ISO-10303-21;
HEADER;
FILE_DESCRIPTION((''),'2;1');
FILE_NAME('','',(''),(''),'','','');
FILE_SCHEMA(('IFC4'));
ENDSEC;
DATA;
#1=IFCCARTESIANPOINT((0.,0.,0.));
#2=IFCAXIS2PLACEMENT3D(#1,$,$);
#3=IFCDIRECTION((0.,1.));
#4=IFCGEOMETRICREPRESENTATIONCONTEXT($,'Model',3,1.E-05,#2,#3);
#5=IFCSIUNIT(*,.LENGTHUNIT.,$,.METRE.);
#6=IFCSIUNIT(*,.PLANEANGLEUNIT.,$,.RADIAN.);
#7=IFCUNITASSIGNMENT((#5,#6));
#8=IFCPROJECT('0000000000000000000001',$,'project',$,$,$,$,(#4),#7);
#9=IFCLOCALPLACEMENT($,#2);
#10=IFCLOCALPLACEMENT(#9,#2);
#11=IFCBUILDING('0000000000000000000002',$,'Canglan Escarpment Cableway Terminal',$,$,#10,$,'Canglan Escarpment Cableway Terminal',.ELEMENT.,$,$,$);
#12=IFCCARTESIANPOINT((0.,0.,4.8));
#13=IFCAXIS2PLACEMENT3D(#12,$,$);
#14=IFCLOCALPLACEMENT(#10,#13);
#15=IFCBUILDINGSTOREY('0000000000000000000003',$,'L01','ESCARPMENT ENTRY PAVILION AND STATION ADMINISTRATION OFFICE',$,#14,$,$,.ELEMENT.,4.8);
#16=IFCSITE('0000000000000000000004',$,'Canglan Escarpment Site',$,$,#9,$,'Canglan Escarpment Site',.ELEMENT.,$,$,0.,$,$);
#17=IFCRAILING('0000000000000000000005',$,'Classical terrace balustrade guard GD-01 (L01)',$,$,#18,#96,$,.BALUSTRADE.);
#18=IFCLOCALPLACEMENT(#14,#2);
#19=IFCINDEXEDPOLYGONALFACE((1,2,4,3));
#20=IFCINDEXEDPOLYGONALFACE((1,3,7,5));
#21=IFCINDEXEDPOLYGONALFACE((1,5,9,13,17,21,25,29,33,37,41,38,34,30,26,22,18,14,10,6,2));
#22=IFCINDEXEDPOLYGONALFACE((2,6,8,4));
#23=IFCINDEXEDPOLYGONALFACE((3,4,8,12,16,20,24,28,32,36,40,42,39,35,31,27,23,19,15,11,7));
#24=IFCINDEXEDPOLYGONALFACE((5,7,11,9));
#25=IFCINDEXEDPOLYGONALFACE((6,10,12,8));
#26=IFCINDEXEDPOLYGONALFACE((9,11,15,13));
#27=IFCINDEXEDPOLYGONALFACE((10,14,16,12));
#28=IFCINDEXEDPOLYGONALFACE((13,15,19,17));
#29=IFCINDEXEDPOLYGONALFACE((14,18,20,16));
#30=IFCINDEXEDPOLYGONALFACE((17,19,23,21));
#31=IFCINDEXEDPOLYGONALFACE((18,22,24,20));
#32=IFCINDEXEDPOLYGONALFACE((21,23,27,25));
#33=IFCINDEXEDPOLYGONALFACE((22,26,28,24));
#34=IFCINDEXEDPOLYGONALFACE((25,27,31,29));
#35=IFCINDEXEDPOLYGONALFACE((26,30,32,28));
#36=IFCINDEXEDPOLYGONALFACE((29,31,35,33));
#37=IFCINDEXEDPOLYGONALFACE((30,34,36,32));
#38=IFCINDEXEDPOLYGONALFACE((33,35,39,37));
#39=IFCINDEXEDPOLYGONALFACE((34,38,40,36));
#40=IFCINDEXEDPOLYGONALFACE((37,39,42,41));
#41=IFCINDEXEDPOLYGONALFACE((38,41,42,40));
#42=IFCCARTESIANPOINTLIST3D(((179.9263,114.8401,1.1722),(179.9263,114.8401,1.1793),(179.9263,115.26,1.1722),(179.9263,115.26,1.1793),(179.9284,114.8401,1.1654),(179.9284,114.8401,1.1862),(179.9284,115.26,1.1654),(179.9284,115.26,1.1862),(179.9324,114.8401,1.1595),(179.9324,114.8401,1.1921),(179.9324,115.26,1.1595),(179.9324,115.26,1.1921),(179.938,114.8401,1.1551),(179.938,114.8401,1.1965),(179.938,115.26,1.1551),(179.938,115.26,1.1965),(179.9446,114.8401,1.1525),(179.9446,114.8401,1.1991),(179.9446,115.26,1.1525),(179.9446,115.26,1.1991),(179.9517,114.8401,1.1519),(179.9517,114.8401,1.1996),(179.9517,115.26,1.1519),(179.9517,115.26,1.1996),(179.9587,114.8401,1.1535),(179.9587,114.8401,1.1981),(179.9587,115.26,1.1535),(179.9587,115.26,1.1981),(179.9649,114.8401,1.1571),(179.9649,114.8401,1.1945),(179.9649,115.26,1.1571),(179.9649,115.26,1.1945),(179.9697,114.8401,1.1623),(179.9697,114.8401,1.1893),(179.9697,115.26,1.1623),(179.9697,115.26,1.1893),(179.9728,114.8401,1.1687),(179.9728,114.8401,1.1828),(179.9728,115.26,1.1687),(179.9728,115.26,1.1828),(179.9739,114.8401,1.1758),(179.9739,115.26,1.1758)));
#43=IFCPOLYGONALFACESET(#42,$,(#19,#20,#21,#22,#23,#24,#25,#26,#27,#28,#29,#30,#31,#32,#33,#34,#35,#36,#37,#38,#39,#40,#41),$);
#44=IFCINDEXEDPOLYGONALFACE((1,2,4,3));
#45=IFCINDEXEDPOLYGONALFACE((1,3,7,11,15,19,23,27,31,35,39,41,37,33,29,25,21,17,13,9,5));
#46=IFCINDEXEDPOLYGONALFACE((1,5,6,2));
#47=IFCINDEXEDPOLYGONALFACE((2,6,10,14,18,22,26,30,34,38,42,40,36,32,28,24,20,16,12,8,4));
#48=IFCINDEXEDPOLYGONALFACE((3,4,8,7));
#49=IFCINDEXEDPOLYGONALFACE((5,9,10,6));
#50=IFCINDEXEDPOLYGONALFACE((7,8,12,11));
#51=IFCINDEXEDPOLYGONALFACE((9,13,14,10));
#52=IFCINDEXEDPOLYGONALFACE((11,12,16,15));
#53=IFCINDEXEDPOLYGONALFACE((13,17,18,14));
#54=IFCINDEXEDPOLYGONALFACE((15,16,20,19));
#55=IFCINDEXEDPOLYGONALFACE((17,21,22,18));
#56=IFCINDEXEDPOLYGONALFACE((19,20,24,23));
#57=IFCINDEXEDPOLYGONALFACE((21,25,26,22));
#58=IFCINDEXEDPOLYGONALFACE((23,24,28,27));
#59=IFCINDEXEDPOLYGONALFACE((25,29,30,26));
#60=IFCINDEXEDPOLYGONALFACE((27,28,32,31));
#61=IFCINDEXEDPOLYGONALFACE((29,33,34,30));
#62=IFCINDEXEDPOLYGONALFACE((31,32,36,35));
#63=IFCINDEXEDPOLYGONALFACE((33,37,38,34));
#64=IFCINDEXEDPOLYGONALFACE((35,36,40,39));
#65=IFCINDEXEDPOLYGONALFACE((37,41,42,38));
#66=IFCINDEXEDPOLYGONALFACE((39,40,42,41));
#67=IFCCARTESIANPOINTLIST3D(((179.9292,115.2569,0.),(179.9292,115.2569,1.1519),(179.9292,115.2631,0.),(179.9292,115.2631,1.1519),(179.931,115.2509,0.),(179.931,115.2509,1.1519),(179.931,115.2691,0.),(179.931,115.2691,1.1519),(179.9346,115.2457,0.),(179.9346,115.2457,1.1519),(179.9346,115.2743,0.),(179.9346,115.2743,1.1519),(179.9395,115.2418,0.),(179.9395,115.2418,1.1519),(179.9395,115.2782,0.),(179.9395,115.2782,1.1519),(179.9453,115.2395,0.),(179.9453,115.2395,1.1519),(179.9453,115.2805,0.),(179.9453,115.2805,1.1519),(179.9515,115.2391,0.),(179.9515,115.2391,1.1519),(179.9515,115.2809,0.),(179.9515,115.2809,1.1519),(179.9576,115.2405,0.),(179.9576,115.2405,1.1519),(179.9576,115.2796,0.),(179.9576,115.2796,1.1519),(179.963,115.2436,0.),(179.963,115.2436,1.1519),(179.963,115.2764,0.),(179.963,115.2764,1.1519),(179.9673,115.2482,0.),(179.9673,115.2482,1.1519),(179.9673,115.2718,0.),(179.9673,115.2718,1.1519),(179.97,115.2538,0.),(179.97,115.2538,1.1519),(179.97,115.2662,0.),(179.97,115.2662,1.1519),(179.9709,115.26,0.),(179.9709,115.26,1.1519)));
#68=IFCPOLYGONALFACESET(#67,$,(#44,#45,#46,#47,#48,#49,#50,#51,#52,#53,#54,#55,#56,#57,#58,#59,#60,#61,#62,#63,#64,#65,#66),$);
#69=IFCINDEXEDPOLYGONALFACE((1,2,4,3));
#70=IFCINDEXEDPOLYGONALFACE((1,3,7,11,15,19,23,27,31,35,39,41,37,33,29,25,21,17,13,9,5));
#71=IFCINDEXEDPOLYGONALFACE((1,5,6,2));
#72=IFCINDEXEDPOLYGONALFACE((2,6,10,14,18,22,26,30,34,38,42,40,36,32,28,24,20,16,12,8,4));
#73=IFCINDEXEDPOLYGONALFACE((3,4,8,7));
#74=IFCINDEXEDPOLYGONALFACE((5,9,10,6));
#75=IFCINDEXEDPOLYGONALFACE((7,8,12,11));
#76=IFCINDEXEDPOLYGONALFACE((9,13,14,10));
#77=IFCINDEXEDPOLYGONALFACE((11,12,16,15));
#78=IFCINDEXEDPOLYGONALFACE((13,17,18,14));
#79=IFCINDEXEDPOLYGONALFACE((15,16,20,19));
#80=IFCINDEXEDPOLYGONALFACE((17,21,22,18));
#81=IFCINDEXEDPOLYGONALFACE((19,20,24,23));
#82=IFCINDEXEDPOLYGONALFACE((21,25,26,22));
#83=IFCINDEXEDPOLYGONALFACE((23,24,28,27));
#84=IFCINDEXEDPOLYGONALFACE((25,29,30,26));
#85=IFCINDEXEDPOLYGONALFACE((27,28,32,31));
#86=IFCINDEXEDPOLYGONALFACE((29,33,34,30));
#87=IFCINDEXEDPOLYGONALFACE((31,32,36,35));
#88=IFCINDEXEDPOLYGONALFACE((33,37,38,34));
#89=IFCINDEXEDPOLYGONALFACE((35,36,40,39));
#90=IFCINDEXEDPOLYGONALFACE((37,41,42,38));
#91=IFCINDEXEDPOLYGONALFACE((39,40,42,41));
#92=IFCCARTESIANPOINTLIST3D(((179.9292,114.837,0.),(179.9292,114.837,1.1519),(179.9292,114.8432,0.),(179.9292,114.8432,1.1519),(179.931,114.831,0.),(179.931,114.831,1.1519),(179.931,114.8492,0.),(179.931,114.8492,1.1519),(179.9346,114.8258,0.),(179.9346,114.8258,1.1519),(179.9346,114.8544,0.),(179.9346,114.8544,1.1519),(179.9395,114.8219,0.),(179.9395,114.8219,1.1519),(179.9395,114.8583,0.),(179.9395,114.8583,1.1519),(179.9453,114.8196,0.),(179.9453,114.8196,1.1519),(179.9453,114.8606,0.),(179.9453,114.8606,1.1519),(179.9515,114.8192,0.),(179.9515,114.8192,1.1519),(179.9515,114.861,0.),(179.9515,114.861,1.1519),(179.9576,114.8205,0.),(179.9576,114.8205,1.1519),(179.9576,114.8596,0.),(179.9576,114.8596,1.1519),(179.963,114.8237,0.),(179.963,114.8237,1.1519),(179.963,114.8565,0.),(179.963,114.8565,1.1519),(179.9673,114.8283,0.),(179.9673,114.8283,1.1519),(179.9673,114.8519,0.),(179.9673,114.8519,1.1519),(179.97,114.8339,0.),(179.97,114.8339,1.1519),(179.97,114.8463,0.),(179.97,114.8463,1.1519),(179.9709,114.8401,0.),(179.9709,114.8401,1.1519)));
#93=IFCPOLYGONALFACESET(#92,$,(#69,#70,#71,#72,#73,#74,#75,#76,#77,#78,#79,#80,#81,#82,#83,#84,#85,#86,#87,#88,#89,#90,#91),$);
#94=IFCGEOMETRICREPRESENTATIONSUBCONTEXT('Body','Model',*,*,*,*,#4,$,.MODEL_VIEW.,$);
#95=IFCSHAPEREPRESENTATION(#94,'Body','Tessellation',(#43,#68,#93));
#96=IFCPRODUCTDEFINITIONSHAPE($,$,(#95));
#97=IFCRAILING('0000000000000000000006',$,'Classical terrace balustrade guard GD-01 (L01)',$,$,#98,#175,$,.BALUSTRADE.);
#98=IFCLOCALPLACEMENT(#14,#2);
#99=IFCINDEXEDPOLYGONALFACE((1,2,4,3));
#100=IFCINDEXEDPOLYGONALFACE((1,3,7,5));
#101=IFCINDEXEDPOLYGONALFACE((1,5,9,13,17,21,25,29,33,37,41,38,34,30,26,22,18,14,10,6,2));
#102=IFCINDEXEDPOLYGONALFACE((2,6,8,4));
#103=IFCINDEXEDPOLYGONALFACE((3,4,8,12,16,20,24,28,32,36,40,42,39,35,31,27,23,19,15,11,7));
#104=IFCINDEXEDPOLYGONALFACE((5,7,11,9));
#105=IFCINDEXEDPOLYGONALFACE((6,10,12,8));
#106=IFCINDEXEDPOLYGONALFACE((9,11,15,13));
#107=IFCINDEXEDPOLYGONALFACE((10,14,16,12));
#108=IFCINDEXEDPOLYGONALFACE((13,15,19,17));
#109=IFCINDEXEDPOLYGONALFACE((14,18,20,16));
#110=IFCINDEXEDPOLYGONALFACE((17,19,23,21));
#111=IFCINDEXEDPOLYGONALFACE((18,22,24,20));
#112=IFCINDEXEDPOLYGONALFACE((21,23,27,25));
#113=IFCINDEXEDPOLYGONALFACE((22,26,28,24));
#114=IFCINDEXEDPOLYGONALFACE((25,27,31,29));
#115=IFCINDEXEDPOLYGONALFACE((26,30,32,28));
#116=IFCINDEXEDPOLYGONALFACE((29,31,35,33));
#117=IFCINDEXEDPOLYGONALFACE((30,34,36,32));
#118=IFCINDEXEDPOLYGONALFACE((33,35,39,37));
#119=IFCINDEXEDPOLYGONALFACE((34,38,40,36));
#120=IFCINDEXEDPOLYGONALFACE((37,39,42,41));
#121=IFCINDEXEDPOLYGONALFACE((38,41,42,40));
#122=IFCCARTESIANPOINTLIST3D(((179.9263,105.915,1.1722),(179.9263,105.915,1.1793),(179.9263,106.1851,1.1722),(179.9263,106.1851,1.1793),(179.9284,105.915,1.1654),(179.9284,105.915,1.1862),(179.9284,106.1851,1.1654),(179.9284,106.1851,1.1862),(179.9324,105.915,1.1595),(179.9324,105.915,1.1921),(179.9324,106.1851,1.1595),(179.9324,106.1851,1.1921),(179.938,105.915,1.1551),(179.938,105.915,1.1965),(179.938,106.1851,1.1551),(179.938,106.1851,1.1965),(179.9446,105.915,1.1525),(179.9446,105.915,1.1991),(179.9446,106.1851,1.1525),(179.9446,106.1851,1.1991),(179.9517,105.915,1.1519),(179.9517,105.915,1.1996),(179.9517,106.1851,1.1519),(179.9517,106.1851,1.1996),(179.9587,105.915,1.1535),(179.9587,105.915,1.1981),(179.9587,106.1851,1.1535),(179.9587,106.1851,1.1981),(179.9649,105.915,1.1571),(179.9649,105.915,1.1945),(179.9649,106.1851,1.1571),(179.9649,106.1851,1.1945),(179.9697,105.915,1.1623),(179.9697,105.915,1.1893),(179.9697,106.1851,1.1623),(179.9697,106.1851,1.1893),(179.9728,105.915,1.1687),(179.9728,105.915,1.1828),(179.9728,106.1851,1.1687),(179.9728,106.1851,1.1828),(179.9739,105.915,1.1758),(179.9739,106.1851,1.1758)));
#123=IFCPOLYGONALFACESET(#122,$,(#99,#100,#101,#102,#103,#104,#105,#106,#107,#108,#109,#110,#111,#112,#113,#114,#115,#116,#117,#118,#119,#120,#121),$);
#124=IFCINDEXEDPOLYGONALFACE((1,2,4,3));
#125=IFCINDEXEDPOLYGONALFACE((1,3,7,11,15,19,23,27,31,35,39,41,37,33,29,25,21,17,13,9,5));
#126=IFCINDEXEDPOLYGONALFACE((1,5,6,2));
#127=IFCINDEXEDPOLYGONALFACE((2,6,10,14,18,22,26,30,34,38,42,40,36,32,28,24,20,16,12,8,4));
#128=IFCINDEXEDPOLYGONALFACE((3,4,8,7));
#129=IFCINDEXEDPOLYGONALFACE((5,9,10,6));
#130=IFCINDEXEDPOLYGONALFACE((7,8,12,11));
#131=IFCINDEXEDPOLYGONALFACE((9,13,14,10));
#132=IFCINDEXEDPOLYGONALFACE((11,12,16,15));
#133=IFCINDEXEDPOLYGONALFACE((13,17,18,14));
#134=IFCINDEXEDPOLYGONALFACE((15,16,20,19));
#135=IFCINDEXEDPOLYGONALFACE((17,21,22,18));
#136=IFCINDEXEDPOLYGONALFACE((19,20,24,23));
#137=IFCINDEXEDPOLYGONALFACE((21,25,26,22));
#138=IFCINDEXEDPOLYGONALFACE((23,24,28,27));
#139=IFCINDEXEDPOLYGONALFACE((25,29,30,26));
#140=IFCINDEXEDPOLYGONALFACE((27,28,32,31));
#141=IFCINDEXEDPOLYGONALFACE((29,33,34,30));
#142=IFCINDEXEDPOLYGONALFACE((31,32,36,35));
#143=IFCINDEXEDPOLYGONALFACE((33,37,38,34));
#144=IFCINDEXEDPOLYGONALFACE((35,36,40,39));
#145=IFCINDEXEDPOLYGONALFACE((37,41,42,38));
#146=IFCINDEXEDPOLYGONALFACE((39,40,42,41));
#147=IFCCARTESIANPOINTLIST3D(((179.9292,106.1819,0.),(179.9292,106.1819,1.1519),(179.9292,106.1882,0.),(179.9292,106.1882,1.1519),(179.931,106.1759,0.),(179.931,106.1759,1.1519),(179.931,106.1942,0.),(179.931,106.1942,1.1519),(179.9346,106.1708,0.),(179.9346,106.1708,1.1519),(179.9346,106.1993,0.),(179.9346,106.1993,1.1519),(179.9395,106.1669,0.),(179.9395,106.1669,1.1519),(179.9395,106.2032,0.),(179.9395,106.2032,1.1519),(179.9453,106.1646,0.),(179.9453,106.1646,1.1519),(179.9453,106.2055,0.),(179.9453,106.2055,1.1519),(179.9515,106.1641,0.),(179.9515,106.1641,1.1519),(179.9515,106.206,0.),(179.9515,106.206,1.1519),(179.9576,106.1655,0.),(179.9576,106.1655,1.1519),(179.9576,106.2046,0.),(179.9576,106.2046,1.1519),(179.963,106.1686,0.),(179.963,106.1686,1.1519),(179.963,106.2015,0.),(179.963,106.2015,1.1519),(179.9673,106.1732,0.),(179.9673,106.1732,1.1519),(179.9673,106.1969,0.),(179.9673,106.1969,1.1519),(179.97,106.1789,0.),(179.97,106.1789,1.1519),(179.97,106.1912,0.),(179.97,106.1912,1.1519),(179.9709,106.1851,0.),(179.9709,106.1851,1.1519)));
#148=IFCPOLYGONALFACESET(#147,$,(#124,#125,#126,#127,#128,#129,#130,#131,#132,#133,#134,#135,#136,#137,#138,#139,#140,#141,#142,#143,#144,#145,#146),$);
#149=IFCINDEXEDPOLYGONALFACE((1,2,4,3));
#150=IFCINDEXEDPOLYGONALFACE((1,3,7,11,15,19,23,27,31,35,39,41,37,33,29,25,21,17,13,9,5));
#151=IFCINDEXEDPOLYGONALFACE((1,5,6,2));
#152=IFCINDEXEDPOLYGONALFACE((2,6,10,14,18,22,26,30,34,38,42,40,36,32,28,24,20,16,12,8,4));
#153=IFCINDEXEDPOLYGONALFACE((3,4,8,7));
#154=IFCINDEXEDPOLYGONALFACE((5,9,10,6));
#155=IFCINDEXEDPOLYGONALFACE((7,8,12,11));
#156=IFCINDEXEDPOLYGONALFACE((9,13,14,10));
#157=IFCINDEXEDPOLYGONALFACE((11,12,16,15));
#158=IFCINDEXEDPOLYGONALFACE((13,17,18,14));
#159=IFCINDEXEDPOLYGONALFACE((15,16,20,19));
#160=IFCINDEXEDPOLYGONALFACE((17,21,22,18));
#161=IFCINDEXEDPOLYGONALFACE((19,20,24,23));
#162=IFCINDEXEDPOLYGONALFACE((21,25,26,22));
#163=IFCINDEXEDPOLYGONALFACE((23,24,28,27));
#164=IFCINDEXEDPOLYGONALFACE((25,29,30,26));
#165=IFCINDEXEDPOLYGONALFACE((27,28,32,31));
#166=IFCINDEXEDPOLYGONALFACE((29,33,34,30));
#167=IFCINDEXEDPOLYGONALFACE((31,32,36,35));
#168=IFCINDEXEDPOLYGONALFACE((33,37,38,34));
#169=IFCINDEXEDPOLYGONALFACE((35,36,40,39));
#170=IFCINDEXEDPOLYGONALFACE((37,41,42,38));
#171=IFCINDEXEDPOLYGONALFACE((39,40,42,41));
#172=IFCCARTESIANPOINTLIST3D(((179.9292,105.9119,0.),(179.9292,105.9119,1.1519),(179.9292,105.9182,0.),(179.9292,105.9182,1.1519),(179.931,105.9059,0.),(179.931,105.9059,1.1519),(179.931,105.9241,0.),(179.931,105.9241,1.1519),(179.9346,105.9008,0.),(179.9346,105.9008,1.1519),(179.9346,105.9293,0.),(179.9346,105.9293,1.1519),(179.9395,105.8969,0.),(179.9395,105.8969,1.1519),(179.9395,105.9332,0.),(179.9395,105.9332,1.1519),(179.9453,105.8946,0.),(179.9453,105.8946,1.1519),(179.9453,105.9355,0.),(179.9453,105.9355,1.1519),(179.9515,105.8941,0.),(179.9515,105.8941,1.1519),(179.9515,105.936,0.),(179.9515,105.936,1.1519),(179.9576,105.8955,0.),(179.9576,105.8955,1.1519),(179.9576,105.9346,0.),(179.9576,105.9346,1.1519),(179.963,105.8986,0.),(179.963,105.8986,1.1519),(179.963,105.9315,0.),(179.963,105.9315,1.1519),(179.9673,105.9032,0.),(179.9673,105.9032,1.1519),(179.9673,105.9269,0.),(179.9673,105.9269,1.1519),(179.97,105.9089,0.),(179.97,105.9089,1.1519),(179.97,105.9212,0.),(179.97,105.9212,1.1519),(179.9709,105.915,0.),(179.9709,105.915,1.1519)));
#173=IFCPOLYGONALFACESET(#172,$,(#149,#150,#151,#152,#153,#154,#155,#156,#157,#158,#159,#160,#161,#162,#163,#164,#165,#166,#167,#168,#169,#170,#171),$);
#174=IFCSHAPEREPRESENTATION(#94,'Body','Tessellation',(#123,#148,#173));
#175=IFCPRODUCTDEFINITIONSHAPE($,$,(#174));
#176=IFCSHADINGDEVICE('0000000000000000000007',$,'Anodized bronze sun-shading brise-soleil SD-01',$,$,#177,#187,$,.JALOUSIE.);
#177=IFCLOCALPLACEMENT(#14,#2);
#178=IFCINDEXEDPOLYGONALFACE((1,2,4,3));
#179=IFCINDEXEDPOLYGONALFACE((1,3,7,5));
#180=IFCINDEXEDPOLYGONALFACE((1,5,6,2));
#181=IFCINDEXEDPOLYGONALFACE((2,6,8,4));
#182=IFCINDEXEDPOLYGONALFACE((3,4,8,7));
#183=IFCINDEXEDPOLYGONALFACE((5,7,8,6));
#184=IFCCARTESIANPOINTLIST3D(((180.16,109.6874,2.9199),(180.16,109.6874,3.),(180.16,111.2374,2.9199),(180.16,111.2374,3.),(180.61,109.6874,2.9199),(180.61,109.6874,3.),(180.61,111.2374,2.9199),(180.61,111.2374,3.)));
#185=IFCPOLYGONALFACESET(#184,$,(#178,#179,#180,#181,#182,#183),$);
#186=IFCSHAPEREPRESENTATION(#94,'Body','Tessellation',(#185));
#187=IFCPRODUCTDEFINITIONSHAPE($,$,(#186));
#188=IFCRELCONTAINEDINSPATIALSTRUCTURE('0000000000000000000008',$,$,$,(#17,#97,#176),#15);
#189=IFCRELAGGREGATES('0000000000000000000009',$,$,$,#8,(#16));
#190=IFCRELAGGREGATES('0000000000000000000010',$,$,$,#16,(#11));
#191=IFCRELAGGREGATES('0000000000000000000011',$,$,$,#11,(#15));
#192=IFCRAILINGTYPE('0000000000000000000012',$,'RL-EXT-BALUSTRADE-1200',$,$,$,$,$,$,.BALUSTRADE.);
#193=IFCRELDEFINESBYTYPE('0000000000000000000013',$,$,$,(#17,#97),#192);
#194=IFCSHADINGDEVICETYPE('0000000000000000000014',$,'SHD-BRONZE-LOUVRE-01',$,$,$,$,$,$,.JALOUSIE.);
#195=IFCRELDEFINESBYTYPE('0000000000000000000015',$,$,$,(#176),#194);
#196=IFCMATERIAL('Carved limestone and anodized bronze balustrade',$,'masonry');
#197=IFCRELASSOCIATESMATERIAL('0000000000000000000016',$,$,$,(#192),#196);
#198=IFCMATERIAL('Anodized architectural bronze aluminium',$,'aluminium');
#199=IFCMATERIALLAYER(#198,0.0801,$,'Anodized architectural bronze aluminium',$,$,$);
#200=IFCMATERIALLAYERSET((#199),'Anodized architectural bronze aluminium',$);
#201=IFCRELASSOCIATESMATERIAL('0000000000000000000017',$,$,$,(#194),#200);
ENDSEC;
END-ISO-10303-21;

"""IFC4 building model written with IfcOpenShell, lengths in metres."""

from ifc_helpers import new_model, si_unit, direction, frame, origin, origin_2d, place, context, subcontext, project, spatial, rectangle, circle, extrude, material, layer, layer_set, type_object, element, save


model = new_model("IFC4")

# Units and contexts
model_context = context("Model", 3, precision=1e-05, world=origin(), true_north=direction((0.0, 1.0)))
body_context = subcontext(model_context, "Body", "Model", "MODEL_VIEW")
ifc_project = project(units=[si_unit("LENGTHUNIT", "METRE"), si_unit("PLANEANGLEUNIT", "RADIAN")], contexts=[model_context])

# Site, building, storey
site_placement = place(None, origin())
site = spatial("IfcSite", under=ifc_project, at=site_placement, Name="Canglan Escarpment Site", LongName="Canglan Escarpment Site", CompositionType="ELEMENT", RefElevation=0.0)
building_placement = place(site_placement, origin())
building = spatial("IfcBuilding", under=site, at=building_placement, Name="Canglan Escarpment Cableway Terminal", LongName="Canglan Escarpment Cableway Terminal", CompositionType="ELEMENT")
storey_placement = place(building_placement, frame((0.0, 0.0, 4.8)))
storey = spatial("IfcBuildingStorey", under=building, at=storey_placement, Name="L01", Description="ESCARPMENT ENTRY PAVILION AND STATION ADMINISTRATION OFFICE", CompositionType="ELEMENT", Elevation=4.8)

# Railings
ifc_material_1 = material(Name="Carved limestone and anodized bronze balustrade", Category="masonry")
railing_type = type_object("IfcRailingType", Name="RL-EXT-BALUSTRADE-1200", PredefinedType="BALUSTRADE", material=ifc_material_1)
railing_1_placement = place(storey_placement, frame((179.95, 115.26, 0.0)))
element("IfcRailing", 1, at=railing_1_placement, inside=storey, type_object=railing_type, Name="Classical terrace balustrade guard GD-01 (L01)", PredefinedType="BALUSTRADE", context=body_context, shape_type="SweptSolid", body=[
    extrude(circle(Radius=0.0239, at=origin_2d()), frame((0.0, 0.0, 1.1758), z_axis=(0.0, -1.0, 0.0), x_axis=(1.0, 0.0, 0.0)), (0.0, 0.0, 1.0), 0.4199),
    extrude(circle(Radius=0.021, at=origin_2d()), origin(), (0.0, 0.0, 1.0), 1.1519),
    extrude(circle(Radius=0.021, at=origin_2d()), frame((0.0, -0.4199, 0.0)), (0.0, 0.0, 1.0), 1.1519),
])
railing_2_placement = place(storey_placement, frame((179.95, 106.1851, 0.0)))
element("IfcRailing", 2, at=railing_2_placement, inside=storey, type_object=railing_type, Name="Classical terrace balustrade guard GD-01 (L01)", PredefinedType="BALUSTRADE", context=body_context, shape_type="SweptSolid", body=[
    extrude(circle(Radius=0.0239, at=origin_2d()), frame((0.0, 0.0, 1.1758), z_axis=(0.0, -1.0, 0.0), x_axis=(1.0, 0.0, 0.0)), (0.0, 0.0, 1.0), 0.27),
    extrude(circle(Radius=0.021, at=origin_2d()), origin(), (0.0, 0.0, 1.0), 1.1519),
    extrude(circle(Radius=0.021, at=origin_2d()), frame((0.0, -0.27, 0.0)), (0.0, 0.0, 1.0), 1.1519),
])

# Shading device
ifc_material_2 = material(Name="Anodized architectural bronze aluminium", Category="aluminium")
ifc_layer_1 = layer(ifc_material_2, 0.0801, Name="Anodized architectural bronze aluminium")
ifc_layer_set_1 = layer_set([ifc_layer_1], Name="Anodized architectural bronze aluminium")
shading_device_type = type_object("IfcShadingDeviceType", Name="SHD-BRONZE-LOUVRE-01", PredefinedType="JALOUSIE", material=ifc_layer_set_1)
shading_device_placement = place(storey_placement, frame((180.385, 110.4624, 2.9199), z_axis=(0.0, 0.0, 1.0), x_axis=(0.0, 1.0, 0.0)))
element("IfcShadingDevice", 3, at=shading_device_placement, inside=storey, type_object=shading_device_type, Name="Anodized bronze sun-shading brise-soleil SD-01", PredefinedType="JALOUSIE", context=body_context, shape_type="SweptSolid", body=[
    extrude(rectangle(XDim=1.55, YDim=0.45, at=origin_2d()), origin(), (0.0, 0.0, 1.0), 0.0801),
])

save(model, "model.ifc")
